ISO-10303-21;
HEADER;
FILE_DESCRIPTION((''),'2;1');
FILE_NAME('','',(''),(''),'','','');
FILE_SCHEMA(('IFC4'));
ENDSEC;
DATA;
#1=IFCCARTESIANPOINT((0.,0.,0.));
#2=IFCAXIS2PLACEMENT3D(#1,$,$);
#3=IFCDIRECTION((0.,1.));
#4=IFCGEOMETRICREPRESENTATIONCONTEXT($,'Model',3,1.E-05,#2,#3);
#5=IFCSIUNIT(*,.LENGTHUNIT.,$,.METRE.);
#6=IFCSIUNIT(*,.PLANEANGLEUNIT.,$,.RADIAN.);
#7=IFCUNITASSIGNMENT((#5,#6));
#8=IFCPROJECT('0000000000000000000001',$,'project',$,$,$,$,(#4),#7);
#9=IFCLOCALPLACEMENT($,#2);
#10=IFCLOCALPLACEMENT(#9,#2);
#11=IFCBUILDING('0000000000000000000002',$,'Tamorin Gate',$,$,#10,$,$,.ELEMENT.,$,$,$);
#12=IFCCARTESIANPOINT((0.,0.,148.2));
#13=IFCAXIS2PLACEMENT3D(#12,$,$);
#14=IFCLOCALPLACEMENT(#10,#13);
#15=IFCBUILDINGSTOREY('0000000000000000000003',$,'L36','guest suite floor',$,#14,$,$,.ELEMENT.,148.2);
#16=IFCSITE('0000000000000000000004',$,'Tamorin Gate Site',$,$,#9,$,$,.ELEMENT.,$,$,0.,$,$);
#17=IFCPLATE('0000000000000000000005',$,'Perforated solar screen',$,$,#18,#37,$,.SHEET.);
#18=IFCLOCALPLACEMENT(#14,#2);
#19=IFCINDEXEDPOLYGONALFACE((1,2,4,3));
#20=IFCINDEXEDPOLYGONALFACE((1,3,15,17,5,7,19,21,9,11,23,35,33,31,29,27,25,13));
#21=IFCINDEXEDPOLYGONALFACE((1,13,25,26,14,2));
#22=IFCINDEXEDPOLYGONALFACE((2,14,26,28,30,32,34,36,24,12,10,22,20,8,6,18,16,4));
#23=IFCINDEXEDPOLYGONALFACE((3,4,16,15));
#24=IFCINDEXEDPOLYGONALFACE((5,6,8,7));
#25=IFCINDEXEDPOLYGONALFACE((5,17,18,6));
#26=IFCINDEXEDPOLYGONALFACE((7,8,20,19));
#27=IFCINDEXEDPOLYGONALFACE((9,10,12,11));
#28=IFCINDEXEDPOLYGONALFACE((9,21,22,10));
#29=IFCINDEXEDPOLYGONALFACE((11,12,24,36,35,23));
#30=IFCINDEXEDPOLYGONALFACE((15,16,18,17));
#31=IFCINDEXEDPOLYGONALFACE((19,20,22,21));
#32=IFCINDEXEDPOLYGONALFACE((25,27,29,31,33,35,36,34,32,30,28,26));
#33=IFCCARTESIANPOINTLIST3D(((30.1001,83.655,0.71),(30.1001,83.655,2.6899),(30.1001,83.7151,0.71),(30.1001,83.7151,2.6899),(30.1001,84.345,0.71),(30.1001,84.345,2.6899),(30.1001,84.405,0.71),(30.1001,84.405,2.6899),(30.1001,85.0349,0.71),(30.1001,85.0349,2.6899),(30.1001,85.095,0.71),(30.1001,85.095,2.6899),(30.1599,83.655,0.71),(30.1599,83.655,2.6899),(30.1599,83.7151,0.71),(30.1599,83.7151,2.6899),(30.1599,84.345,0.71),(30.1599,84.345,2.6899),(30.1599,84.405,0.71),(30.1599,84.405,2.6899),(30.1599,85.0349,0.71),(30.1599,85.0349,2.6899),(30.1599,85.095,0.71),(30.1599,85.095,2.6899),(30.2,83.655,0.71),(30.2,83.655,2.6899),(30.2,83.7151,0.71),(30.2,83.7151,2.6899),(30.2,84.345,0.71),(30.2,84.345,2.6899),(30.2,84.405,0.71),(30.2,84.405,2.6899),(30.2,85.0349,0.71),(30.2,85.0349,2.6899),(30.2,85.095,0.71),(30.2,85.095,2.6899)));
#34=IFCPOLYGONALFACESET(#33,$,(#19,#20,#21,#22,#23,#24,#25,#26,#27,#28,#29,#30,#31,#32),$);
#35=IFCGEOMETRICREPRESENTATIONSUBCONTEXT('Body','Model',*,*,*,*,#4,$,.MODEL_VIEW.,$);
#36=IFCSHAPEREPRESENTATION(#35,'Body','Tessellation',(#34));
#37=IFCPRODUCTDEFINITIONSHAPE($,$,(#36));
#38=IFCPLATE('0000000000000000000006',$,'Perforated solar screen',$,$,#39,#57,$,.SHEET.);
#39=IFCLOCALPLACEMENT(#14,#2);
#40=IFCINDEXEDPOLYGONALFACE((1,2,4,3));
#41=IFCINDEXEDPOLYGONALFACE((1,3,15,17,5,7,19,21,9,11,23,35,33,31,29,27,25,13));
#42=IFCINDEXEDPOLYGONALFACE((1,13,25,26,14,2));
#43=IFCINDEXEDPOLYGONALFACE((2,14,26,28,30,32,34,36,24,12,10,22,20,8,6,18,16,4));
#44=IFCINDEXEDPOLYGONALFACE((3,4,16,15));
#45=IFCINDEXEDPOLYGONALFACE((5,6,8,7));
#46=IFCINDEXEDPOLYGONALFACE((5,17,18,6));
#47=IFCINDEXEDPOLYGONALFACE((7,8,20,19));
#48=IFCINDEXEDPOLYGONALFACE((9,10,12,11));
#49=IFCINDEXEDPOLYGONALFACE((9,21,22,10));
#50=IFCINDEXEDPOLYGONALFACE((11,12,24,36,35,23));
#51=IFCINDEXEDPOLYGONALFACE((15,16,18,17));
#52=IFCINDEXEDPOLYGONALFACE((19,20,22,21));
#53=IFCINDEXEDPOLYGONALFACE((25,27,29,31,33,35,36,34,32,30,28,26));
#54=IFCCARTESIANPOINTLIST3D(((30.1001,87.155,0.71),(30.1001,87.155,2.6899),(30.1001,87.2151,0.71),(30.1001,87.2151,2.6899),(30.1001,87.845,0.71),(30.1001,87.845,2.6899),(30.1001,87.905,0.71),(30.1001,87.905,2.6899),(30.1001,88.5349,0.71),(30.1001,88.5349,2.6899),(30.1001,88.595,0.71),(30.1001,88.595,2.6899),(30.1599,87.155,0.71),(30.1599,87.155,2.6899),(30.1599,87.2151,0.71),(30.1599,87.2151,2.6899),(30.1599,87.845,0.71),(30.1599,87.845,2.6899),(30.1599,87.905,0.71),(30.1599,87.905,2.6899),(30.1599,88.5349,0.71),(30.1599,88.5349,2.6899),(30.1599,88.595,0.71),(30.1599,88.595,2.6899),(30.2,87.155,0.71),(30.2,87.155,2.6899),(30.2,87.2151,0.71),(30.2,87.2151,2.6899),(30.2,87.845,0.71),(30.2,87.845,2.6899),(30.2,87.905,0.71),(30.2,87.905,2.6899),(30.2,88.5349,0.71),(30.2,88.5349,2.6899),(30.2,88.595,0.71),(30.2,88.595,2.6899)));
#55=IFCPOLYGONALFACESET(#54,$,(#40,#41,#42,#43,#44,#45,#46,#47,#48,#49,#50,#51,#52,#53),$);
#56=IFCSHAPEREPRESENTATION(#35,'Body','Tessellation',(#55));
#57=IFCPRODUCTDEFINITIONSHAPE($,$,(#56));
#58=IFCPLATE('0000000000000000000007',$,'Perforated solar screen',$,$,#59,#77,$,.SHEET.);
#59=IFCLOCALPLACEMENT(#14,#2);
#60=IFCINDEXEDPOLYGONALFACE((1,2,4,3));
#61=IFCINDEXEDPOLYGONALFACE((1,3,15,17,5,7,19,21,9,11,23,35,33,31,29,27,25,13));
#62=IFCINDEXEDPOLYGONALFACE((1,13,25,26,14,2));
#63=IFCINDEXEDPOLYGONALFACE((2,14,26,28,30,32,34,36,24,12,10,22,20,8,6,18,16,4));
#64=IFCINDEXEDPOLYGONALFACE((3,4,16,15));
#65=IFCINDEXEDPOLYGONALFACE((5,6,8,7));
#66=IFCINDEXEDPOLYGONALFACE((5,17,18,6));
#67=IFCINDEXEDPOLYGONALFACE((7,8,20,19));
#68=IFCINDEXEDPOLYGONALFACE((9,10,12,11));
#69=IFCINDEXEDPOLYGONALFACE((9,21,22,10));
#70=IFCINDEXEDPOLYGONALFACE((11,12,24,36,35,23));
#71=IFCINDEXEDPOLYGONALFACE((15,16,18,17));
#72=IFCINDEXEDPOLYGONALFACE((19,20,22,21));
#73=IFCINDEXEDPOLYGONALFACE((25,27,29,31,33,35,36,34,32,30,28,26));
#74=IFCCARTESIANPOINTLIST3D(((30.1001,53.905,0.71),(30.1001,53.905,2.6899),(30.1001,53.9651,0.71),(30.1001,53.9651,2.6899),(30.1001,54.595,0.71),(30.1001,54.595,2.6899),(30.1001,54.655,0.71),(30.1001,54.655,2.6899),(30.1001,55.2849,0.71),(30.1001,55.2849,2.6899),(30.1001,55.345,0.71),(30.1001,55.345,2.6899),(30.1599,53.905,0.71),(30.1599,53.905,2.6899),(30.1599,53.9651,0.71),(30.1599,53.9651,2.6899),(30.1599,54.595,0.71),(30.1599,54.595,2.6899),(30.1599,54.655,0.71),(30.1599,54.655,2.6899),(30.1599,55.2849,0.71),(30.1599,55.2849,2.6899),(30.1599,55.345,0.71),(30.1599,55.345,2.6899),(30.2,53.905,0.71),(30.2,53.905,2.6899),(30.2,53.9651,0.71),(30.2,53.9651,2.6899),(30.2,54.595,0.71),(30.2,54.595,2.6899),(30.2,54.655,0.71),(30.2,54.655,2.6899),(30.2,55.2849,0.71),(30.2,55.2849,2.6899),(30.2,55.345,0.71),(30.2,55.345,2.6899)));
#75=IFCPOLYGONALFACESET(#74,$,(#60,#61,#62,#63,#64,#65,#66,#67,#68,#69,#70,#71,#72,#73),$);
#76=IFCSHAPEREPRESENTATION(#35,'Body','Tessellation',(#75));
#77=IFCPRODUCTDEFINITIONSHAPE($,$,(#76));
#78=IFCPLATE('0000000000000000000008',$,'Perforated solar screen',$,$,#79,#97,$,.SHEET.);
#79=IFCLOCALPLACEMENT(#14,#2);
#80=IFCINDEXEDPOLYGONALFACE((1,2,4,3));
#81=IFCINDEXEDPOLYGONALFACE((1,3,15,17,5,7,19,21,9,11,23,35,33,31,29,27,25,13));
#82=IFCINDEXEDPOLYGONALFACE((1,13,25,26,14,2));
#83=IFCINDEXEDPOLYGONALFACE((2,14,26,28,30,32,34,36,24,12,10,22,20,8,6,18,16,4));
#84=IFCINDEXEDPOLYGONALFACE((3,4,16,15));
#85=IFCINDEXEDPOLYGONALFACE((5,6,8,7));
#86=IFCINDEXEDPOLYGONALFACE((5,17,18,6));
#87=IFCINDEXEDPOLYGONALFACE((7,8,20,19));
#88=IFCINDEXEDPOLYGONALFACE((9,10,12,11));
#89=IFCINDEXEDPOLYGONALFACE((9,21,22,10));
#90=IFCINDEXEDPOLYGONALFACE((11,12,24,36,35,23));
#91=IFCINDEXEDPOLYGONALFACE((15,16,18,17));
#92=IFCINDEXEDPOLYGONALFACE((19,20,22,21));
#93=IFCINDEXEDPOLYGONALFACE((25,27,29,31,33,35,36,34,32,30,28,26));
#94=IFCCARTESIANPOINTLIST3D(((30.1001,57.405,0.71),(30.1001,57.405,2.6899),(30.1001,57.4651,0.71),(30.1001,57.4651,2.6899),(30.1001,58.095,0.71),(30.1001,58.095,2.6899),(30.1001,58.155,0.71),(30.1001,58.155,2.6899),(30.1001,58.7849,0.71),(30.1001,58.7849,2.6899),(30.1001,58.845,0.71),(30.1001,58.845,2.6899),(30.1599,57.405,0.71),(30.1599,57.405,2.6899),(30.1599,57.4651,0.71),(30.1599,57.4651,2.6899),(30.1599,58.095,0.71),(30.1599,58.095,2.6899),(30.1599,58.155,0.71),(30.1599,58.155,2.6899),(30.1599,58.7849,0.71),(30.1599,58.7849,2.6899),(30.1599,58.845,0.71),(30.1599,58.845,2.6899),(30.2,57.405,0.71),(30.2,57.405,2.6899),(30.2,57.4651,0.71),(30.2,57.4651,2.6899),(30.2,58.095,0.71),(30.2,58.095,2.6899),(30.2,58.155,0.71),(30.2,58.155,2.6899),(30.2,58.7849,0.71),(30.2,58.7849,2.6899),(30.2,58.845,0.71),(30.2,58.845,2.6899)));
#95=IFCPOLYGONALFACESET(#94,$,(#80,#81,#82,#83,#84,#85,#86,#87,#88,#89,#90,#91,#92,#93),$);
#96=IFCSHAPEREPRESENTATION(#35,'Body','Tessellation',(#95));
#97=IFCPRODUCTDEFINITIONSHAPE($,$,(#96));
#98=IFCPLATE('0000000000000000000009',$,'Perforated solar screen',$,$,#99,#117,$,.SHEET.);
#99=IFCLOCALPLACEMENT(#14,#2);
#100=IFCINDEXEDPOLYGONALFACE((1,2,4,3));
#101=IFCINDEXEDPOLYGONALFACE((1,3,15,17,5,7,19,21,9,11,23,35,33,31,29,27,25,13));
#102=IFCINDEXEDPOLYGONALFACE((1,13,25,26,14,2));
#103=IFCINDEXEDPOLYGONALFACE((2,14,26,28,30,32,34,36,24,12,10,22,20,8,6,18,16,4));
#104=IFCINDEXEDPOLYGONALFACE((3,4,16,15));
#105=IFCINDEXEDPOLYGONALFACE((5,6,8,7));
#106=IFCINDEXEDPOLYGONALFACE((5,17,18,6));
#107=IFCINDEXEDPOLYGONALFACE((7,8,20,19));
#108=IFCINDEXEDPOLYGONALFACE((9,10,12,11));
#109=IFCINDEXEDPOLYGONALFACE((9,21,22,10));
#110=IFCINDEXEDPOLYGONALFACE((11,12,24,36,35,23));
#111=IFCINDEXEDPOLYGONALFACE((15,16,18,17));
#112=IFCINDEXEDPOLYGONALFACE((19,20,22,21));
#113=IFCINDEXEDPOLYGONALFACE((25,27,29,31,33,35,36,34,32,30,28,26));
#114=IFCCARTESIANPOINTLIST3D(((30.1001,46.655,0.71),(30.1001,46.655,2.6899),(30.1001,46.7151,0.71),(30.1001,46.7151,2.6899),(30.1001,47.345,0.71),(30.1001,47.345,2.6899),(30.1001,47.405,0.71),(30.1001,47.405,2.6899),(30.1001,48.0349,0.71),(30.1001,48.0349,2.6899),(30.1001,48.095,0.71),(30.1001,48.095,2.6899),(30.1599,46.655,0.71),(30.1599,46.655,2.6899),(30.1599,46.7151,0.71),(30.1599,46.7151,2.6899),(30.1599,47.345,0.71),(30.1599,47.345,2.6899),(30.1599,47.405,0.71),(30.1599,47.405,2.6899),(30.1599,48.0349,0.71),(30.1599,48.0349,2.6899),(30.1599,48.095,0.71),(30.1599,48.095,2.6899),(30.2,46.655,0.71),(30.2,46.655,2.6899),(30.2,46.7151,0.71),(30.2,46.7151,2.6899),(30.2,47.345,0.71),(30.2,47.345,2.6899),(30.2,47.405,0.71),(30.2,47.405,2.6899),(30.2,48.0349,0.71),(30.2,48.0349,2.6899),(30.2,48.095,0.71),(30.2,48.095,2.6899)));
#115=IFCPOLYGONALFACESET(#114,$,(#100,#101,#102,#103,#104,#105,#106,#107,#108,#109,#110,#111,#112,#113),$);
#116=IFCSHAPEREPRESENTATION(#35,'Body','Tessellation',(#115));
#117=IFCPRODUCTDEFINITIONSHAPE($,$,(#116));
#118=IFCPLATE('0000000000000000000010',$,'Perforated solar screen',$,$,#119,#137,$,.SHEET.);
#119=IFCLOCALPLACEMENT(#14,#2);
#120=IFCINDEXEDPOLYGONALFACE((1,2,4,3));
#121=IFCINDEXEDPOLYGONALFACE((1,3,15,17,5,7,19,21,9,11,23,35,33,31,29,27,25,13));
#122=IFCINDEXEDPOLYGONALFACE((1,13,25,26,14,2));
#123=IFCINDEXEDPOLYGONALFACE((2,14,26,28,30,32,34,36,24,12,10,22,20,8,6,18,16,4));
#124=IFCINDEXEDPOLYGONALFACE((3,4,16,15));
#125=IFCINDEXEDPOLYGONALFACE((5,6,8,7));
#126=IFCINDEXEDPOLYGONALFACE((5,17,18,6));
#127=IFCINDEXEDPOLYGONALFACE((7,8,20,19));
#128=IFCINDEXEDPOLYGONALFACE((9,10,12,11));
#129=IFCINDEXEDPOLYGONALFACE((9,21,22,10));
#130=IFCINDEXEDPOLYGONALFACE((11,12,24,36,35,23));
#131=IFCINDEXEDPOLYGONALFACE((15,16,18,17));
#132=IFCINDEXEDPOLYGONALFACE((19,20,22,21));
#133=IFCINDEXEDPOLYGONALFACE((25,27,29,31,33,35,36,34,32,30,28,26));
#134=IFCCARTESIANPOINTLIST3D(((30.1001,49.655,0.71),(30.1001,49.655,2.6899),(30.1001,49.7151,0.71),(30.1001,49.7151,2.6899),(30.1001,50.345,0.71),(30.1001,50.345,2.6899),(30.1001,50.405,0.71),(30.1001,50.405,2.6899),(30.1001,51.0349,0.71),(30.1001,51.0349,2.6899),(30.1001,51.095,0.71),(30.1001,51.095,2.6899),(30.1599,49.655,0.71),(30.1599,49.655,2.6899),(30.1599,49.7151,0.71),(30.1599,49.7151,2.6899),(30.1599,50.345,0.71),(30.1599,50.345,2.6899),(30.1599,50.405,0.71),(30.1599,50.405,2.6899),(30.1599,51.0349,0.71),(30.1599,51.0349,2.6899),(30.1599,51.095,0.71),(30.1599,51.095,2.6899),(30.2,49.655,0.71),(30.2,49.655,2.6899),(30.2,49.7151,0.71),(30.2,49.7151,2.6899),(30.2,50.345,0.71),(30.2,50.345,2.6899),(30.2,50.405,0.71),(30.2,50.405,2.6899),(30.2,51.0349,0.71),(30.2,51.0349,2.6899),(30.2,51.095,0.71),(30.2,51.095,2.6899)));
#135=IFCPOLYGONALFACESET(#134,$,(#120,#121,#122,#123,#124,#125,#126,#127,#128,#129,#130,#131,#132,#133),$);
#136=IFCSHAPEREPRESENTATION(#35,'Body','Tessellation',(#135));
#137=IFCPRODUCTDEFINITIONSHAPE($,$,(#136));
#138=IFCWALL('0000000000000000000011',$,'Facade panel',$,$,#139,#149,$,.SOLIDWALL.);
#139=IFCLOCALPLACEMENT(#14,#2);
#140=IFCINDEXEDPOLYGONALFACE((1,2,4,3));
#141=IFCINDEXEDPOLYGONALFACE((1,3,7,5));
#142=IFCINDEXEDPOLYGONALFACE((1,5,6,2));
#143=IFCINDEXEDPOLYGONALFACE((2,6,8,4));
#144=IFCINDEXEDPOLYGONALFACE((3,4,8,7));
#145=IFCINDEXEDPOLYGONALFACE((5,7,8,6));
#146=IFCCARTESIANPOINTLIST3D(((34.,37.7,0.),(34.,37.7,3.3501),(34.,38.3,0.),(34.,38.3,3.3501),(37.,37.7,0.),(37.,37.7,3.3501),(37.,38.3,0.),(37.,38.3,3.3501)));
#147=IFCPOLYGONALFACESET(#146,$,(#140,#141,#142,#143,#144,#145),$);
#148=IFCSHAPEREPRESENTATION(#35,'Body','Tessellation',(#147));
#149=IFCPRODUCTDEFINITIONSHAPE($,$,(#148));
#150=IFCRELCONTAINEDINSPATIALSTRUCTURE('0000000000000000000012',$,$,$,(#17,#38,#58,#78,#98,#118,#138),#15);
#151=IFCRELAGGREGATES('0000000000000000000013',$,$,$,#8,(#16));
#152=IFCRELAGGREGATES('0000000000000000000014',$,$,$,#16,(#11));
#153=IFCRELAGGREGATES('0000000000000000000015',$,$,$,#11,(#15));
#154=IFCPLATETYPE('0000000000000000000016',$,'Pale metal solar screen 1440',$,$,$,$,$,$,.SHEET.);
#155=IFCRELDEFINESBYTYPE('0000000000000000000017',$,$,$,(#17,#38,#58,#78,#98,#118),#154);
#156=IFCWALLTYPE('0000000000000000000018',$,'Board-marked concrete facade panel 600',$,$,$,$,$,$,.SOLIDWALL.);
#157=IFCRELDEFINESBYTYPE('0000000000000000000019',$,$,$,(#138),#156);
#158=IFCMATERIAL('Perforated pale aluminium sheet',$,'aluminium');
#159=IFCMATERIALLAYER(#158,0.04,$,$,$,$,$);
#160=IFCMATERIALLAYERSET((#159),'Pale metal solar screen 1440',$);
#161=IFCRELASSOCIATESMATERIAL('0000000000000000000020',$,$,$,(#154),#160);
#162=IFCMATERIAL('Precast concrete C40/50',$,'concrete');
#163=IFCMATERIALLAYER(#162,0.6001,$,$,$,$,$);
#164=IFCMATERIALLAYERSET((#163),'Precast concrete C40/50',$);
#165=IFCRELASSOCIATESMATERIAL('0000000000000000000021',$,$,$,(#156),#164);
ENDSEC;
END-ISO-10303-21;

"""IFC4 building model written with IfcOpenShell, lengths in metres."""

from ifc_helpers import new_model, si_unit, direction, frame, frame_2d, origin, place, context, subcontext, project, spatial, polyline, rectangle, outline, extrude, material, layer, layer_set, type_object, element, save


model = new_model("IFC4")

# Units and contexts
model_context = context("Model", 3, precision=1e-05, world=origin(), true_north=direction((0.0, 1.0)))
body_context = subcontext(model_context, "Body", "Model", "MODEL_VIEW")
ifc_project = project(units=[si_unit("LENGTHUNIT", "METRE"), si_unit("PLANEANGLEUNIT", "RADIAN")], contexts=[model_context])

# Site, building, storey
site_placement = place(None, origin())
site = spatial("IfcSite", under=ifc_project, at=site_placement, Name="Tamorin Gate Site", CompositionType="ELEMENT", RefElevation=0.0)
building_placement = place(site_placement, origin())
building = spatial("IfcBuilding", under=site, at=building_placement, Name="Tamorin Gate", CompositionType="ELEMENT")
storey_placement = place(building_placement, frame((0.0, 0.0, 148.2)))
storey = spatial("IfcBuildingStorey", under=building, at=storey_placement, Name="L36", Description="guest suite floor", CompositionType="ELEMENT", Elevation=148.2)

# Plates
ifc_material_1 = material(Name="Perforated pale aluminium sheet", Category="aluminium")
ifc_layer_1 = layer(ifc_material_1, 0.04)
ifc_layer_set_1 = layer_set([ifc_layer_1], Name="Pale metal solar screen 1440")
plate_type_1 = type_object("IfcPlateType", Name="Pale metal solar screen 1440", PredefinedType="SHEET", material=ifc_layer_set_1)
plate_1_placement = place(storey_placement, frame((0.0, 0.0, 0.71)))
element("IfcPlate", 1, at=plate_1_placement, inside=storey, type_object=plate_type_1, Name="Perforated solar screen", PredefinedType="SHEET", context=body_context, shape_type="SweptSolid", body=[
    extrude(outline(polyline([(30.1599, 85.095), (30.2, 85.095), (30.2, 85.0349), (30.2, 84.405), (30.2, 84.345), (30.2, 83.7151), (30.2, 83.655), (30.1599, 83.655), (30.1001, 83.655), (30.1001, 83.7151), (30.1599, 83.7151), (30.1599, 84.345), (30.1001, 84.345), (30.1001, 84.405), (30.1599, 84.405), (30.1599, 85.0349), (30.1001, 85.0349), (30.1001, 85.095), (30.1599, 85.095)])), origin(), (0.0, 0.0, 1.0), 1.98),
])
plate_2_placement = place(storey_placement, frame((0.0, 0.0, 0.71)))
element("IfcPlate", 2, at=plate_2_placement, inside=storey, type_object=plate_type_1, Name="Perforated solar screen", PredefinedType="SHEET", context=body_context, shape_type="SweptSolid", body=[
    extrude(outline(polyline([(30.1599, 88.595), (30.2, 88.595), (30.2, 88.5349), (30.2, 87.905), (30.2, 87.845), (30.2, 87.2151), (30.2, 87.155), (30.1599, 87.155), (30.1001, 87.155), (30.1001, 87.2151), (30.1599, 87.2151), (30.1599, 87.845), (30.1001, 87.845), (30.1001, 87.905), (30.1599, 87.905), (30.1599, 88.5349), (30.1001, 88.5349), (30.1001, 88.595), (30.1599, 88.595)])), origin(), (0.0, 0.0, 1.0), 1.98),
])
plate_3_placement = place(storey_placement, frame((0.0, 0.0, 0.71)))
element("IfcPlate", 3, at=plate_3_placement, inside=storey, type_object=plate_type_1, Name="Perforated solar screen", PredefinedType="SHEET", context=body_context, shape_type="SweptSolid", body=[
    extrude(outline(polyline([(30.1599, 55.345), (30.2, 55.345), (30.2, 55.2849), (30.2, 54.655), (30.2, 54.595), (30.2, 53.9651), (30.2, 53.905), (30.1599, 53.905), (30.1001, 53.905), (30.1001, 53.9651), (30.1599, 53.9651), (30.1599, 54.595), (30.1001, 54.595), (30.1001, 54.655), (30.1599, 54.655), (30.1599, 55.2849), (30.1001, 55.2849), (30.1001, 55.345), (30.1599, 55.345)])), origin(), (0.0, 0.0, 1.0), 1.98),
])
plate_4_placement = place(storey_placement, frame((0.0, 0.0, 0.71)))
element("IfcPlate", 4, at=plate_4_placement, inside=storey, type_object=plate_type_1, Name="Perforated solar screen", PredefinedType="SHEET", context=body_context, shape_type="SweptSolid", body=[
    extrude(outline(polyline([(30.1599, 58.845), (30.2, 58.845), (30.2, 58.7849), (30.2, 58.155), (30.2, 58.095), (30.2, 57.4651), (30.2, 57.405), (30.1599, 57.405), (30.1001, 57.405), (30.1001, 57.4651), (30.1599, 57.4651), (30.1599, 58.095), (30.1001, 58.095), (30.1001, 58.155), (30.1599, 58.155), (30.1599, 58.7849), (30.1001, 58.7849), (30.1001, 58.845), (30.1599, 58.845)])), origin(), (0.0, 0.0, 1.0), 1.98),
])
plate_5_placement = place(storey_placement, frame((0.0, 0.0, 0.71)))
element("IfcPlate", 5, at=plate_5_placement, inside=storey, type_object=plate_type_1, Name="Perforated solar screen", PredefinedType="SHEET", context=body_context, shape_type="SweptSolid", body=[
    extrude(outline(polyline([(30.1599, 48.095), (30.2, 48.095), (30.2, 48.0349), (30.2, 47.405), (30.2, 47.345), (30.2, 46.7151), (30.2, 46.655), (30.1599, 46.655), (30.1001, 46.655), (30.1001, 46.7151), (30.1599, 46.7151), (30.1599, 47.345), (30.1001, 47.345), (30.1001, 47.405), (30.1599, 47.405), (30.1599, 48.0349), (30.1001, 48.0349), (30.1001, 48.095), (30.1599, 48.095)])), origin(), (0.0, 0.0, 1.0), 1.98),
])
plate_6_placement = place(storey_placement, frame((0.0, 0.0, 0.71)))
element("IfcPlate", 6, at=plate_6_placement, inside=storey, type_object=plate_type_1, Name="Perforated solar screen", PredefinedType="SHEET", context=body_context, shape_type="SweptSolid", body=[
    extrude(outline(polyline([(30.1599, 51.095), (30.2, 51.095), (30.2, 51.0349), (30.2, 50.405), (30.2, 50.345), (30.2, 49.7151), (30.2, 49.655), (30.1599, 49.655), (30.1001, 49.655), (30.1001, 49.7151), (30.1599, 49.7151), (30.1599, 50.345), (30.1001, 50.345), (30.1001, 50.405), (30.1599, 50.405), (30.1599, 51.0349), (30.1001, 51.0349), (30.1001, 51.095), (30.1599, 51.095)])), origin(), (0.0, 0.0, 1.0), 1.98),
])

# Wall
ifc_material_2 = material(Name="Precast concrete C40/50", Category="concrete")
ifc_layer_2 = layer(ifc_material_2, 0.6001)
ifc_layer_set_2 = layer_set([ifc_layer_2], Name="Precast concrete C40/50")
wall_type = type_object("IfcWallType", Name="Board-marked concrete facade panel 600", PredefinedType="SOLIDWALL", material=ifc_layer_set_2)
wall_1_placement = place(storey_placement, frame((34.0, 38.0, 0.0), z_axis=(0.0, 0.0, 1.0), x_axis=(1.0, 0.0, 0.0)))
element("IfcWall", 7, at=wall_1_placement, inside=storey, type_object=wall_type, Name="Facade panel", PredefinedType="SOLIDWALL", context=body_context, shape_type="SweptSolid", body=[
    extrude(rectangle(XDim=3.0, YDim=0.6001, at=frame_2d((1.5, 0.0))), origin(), (0.0, 0.0, 1.0), 3.3501),
])

save(model, "model.ifc")
